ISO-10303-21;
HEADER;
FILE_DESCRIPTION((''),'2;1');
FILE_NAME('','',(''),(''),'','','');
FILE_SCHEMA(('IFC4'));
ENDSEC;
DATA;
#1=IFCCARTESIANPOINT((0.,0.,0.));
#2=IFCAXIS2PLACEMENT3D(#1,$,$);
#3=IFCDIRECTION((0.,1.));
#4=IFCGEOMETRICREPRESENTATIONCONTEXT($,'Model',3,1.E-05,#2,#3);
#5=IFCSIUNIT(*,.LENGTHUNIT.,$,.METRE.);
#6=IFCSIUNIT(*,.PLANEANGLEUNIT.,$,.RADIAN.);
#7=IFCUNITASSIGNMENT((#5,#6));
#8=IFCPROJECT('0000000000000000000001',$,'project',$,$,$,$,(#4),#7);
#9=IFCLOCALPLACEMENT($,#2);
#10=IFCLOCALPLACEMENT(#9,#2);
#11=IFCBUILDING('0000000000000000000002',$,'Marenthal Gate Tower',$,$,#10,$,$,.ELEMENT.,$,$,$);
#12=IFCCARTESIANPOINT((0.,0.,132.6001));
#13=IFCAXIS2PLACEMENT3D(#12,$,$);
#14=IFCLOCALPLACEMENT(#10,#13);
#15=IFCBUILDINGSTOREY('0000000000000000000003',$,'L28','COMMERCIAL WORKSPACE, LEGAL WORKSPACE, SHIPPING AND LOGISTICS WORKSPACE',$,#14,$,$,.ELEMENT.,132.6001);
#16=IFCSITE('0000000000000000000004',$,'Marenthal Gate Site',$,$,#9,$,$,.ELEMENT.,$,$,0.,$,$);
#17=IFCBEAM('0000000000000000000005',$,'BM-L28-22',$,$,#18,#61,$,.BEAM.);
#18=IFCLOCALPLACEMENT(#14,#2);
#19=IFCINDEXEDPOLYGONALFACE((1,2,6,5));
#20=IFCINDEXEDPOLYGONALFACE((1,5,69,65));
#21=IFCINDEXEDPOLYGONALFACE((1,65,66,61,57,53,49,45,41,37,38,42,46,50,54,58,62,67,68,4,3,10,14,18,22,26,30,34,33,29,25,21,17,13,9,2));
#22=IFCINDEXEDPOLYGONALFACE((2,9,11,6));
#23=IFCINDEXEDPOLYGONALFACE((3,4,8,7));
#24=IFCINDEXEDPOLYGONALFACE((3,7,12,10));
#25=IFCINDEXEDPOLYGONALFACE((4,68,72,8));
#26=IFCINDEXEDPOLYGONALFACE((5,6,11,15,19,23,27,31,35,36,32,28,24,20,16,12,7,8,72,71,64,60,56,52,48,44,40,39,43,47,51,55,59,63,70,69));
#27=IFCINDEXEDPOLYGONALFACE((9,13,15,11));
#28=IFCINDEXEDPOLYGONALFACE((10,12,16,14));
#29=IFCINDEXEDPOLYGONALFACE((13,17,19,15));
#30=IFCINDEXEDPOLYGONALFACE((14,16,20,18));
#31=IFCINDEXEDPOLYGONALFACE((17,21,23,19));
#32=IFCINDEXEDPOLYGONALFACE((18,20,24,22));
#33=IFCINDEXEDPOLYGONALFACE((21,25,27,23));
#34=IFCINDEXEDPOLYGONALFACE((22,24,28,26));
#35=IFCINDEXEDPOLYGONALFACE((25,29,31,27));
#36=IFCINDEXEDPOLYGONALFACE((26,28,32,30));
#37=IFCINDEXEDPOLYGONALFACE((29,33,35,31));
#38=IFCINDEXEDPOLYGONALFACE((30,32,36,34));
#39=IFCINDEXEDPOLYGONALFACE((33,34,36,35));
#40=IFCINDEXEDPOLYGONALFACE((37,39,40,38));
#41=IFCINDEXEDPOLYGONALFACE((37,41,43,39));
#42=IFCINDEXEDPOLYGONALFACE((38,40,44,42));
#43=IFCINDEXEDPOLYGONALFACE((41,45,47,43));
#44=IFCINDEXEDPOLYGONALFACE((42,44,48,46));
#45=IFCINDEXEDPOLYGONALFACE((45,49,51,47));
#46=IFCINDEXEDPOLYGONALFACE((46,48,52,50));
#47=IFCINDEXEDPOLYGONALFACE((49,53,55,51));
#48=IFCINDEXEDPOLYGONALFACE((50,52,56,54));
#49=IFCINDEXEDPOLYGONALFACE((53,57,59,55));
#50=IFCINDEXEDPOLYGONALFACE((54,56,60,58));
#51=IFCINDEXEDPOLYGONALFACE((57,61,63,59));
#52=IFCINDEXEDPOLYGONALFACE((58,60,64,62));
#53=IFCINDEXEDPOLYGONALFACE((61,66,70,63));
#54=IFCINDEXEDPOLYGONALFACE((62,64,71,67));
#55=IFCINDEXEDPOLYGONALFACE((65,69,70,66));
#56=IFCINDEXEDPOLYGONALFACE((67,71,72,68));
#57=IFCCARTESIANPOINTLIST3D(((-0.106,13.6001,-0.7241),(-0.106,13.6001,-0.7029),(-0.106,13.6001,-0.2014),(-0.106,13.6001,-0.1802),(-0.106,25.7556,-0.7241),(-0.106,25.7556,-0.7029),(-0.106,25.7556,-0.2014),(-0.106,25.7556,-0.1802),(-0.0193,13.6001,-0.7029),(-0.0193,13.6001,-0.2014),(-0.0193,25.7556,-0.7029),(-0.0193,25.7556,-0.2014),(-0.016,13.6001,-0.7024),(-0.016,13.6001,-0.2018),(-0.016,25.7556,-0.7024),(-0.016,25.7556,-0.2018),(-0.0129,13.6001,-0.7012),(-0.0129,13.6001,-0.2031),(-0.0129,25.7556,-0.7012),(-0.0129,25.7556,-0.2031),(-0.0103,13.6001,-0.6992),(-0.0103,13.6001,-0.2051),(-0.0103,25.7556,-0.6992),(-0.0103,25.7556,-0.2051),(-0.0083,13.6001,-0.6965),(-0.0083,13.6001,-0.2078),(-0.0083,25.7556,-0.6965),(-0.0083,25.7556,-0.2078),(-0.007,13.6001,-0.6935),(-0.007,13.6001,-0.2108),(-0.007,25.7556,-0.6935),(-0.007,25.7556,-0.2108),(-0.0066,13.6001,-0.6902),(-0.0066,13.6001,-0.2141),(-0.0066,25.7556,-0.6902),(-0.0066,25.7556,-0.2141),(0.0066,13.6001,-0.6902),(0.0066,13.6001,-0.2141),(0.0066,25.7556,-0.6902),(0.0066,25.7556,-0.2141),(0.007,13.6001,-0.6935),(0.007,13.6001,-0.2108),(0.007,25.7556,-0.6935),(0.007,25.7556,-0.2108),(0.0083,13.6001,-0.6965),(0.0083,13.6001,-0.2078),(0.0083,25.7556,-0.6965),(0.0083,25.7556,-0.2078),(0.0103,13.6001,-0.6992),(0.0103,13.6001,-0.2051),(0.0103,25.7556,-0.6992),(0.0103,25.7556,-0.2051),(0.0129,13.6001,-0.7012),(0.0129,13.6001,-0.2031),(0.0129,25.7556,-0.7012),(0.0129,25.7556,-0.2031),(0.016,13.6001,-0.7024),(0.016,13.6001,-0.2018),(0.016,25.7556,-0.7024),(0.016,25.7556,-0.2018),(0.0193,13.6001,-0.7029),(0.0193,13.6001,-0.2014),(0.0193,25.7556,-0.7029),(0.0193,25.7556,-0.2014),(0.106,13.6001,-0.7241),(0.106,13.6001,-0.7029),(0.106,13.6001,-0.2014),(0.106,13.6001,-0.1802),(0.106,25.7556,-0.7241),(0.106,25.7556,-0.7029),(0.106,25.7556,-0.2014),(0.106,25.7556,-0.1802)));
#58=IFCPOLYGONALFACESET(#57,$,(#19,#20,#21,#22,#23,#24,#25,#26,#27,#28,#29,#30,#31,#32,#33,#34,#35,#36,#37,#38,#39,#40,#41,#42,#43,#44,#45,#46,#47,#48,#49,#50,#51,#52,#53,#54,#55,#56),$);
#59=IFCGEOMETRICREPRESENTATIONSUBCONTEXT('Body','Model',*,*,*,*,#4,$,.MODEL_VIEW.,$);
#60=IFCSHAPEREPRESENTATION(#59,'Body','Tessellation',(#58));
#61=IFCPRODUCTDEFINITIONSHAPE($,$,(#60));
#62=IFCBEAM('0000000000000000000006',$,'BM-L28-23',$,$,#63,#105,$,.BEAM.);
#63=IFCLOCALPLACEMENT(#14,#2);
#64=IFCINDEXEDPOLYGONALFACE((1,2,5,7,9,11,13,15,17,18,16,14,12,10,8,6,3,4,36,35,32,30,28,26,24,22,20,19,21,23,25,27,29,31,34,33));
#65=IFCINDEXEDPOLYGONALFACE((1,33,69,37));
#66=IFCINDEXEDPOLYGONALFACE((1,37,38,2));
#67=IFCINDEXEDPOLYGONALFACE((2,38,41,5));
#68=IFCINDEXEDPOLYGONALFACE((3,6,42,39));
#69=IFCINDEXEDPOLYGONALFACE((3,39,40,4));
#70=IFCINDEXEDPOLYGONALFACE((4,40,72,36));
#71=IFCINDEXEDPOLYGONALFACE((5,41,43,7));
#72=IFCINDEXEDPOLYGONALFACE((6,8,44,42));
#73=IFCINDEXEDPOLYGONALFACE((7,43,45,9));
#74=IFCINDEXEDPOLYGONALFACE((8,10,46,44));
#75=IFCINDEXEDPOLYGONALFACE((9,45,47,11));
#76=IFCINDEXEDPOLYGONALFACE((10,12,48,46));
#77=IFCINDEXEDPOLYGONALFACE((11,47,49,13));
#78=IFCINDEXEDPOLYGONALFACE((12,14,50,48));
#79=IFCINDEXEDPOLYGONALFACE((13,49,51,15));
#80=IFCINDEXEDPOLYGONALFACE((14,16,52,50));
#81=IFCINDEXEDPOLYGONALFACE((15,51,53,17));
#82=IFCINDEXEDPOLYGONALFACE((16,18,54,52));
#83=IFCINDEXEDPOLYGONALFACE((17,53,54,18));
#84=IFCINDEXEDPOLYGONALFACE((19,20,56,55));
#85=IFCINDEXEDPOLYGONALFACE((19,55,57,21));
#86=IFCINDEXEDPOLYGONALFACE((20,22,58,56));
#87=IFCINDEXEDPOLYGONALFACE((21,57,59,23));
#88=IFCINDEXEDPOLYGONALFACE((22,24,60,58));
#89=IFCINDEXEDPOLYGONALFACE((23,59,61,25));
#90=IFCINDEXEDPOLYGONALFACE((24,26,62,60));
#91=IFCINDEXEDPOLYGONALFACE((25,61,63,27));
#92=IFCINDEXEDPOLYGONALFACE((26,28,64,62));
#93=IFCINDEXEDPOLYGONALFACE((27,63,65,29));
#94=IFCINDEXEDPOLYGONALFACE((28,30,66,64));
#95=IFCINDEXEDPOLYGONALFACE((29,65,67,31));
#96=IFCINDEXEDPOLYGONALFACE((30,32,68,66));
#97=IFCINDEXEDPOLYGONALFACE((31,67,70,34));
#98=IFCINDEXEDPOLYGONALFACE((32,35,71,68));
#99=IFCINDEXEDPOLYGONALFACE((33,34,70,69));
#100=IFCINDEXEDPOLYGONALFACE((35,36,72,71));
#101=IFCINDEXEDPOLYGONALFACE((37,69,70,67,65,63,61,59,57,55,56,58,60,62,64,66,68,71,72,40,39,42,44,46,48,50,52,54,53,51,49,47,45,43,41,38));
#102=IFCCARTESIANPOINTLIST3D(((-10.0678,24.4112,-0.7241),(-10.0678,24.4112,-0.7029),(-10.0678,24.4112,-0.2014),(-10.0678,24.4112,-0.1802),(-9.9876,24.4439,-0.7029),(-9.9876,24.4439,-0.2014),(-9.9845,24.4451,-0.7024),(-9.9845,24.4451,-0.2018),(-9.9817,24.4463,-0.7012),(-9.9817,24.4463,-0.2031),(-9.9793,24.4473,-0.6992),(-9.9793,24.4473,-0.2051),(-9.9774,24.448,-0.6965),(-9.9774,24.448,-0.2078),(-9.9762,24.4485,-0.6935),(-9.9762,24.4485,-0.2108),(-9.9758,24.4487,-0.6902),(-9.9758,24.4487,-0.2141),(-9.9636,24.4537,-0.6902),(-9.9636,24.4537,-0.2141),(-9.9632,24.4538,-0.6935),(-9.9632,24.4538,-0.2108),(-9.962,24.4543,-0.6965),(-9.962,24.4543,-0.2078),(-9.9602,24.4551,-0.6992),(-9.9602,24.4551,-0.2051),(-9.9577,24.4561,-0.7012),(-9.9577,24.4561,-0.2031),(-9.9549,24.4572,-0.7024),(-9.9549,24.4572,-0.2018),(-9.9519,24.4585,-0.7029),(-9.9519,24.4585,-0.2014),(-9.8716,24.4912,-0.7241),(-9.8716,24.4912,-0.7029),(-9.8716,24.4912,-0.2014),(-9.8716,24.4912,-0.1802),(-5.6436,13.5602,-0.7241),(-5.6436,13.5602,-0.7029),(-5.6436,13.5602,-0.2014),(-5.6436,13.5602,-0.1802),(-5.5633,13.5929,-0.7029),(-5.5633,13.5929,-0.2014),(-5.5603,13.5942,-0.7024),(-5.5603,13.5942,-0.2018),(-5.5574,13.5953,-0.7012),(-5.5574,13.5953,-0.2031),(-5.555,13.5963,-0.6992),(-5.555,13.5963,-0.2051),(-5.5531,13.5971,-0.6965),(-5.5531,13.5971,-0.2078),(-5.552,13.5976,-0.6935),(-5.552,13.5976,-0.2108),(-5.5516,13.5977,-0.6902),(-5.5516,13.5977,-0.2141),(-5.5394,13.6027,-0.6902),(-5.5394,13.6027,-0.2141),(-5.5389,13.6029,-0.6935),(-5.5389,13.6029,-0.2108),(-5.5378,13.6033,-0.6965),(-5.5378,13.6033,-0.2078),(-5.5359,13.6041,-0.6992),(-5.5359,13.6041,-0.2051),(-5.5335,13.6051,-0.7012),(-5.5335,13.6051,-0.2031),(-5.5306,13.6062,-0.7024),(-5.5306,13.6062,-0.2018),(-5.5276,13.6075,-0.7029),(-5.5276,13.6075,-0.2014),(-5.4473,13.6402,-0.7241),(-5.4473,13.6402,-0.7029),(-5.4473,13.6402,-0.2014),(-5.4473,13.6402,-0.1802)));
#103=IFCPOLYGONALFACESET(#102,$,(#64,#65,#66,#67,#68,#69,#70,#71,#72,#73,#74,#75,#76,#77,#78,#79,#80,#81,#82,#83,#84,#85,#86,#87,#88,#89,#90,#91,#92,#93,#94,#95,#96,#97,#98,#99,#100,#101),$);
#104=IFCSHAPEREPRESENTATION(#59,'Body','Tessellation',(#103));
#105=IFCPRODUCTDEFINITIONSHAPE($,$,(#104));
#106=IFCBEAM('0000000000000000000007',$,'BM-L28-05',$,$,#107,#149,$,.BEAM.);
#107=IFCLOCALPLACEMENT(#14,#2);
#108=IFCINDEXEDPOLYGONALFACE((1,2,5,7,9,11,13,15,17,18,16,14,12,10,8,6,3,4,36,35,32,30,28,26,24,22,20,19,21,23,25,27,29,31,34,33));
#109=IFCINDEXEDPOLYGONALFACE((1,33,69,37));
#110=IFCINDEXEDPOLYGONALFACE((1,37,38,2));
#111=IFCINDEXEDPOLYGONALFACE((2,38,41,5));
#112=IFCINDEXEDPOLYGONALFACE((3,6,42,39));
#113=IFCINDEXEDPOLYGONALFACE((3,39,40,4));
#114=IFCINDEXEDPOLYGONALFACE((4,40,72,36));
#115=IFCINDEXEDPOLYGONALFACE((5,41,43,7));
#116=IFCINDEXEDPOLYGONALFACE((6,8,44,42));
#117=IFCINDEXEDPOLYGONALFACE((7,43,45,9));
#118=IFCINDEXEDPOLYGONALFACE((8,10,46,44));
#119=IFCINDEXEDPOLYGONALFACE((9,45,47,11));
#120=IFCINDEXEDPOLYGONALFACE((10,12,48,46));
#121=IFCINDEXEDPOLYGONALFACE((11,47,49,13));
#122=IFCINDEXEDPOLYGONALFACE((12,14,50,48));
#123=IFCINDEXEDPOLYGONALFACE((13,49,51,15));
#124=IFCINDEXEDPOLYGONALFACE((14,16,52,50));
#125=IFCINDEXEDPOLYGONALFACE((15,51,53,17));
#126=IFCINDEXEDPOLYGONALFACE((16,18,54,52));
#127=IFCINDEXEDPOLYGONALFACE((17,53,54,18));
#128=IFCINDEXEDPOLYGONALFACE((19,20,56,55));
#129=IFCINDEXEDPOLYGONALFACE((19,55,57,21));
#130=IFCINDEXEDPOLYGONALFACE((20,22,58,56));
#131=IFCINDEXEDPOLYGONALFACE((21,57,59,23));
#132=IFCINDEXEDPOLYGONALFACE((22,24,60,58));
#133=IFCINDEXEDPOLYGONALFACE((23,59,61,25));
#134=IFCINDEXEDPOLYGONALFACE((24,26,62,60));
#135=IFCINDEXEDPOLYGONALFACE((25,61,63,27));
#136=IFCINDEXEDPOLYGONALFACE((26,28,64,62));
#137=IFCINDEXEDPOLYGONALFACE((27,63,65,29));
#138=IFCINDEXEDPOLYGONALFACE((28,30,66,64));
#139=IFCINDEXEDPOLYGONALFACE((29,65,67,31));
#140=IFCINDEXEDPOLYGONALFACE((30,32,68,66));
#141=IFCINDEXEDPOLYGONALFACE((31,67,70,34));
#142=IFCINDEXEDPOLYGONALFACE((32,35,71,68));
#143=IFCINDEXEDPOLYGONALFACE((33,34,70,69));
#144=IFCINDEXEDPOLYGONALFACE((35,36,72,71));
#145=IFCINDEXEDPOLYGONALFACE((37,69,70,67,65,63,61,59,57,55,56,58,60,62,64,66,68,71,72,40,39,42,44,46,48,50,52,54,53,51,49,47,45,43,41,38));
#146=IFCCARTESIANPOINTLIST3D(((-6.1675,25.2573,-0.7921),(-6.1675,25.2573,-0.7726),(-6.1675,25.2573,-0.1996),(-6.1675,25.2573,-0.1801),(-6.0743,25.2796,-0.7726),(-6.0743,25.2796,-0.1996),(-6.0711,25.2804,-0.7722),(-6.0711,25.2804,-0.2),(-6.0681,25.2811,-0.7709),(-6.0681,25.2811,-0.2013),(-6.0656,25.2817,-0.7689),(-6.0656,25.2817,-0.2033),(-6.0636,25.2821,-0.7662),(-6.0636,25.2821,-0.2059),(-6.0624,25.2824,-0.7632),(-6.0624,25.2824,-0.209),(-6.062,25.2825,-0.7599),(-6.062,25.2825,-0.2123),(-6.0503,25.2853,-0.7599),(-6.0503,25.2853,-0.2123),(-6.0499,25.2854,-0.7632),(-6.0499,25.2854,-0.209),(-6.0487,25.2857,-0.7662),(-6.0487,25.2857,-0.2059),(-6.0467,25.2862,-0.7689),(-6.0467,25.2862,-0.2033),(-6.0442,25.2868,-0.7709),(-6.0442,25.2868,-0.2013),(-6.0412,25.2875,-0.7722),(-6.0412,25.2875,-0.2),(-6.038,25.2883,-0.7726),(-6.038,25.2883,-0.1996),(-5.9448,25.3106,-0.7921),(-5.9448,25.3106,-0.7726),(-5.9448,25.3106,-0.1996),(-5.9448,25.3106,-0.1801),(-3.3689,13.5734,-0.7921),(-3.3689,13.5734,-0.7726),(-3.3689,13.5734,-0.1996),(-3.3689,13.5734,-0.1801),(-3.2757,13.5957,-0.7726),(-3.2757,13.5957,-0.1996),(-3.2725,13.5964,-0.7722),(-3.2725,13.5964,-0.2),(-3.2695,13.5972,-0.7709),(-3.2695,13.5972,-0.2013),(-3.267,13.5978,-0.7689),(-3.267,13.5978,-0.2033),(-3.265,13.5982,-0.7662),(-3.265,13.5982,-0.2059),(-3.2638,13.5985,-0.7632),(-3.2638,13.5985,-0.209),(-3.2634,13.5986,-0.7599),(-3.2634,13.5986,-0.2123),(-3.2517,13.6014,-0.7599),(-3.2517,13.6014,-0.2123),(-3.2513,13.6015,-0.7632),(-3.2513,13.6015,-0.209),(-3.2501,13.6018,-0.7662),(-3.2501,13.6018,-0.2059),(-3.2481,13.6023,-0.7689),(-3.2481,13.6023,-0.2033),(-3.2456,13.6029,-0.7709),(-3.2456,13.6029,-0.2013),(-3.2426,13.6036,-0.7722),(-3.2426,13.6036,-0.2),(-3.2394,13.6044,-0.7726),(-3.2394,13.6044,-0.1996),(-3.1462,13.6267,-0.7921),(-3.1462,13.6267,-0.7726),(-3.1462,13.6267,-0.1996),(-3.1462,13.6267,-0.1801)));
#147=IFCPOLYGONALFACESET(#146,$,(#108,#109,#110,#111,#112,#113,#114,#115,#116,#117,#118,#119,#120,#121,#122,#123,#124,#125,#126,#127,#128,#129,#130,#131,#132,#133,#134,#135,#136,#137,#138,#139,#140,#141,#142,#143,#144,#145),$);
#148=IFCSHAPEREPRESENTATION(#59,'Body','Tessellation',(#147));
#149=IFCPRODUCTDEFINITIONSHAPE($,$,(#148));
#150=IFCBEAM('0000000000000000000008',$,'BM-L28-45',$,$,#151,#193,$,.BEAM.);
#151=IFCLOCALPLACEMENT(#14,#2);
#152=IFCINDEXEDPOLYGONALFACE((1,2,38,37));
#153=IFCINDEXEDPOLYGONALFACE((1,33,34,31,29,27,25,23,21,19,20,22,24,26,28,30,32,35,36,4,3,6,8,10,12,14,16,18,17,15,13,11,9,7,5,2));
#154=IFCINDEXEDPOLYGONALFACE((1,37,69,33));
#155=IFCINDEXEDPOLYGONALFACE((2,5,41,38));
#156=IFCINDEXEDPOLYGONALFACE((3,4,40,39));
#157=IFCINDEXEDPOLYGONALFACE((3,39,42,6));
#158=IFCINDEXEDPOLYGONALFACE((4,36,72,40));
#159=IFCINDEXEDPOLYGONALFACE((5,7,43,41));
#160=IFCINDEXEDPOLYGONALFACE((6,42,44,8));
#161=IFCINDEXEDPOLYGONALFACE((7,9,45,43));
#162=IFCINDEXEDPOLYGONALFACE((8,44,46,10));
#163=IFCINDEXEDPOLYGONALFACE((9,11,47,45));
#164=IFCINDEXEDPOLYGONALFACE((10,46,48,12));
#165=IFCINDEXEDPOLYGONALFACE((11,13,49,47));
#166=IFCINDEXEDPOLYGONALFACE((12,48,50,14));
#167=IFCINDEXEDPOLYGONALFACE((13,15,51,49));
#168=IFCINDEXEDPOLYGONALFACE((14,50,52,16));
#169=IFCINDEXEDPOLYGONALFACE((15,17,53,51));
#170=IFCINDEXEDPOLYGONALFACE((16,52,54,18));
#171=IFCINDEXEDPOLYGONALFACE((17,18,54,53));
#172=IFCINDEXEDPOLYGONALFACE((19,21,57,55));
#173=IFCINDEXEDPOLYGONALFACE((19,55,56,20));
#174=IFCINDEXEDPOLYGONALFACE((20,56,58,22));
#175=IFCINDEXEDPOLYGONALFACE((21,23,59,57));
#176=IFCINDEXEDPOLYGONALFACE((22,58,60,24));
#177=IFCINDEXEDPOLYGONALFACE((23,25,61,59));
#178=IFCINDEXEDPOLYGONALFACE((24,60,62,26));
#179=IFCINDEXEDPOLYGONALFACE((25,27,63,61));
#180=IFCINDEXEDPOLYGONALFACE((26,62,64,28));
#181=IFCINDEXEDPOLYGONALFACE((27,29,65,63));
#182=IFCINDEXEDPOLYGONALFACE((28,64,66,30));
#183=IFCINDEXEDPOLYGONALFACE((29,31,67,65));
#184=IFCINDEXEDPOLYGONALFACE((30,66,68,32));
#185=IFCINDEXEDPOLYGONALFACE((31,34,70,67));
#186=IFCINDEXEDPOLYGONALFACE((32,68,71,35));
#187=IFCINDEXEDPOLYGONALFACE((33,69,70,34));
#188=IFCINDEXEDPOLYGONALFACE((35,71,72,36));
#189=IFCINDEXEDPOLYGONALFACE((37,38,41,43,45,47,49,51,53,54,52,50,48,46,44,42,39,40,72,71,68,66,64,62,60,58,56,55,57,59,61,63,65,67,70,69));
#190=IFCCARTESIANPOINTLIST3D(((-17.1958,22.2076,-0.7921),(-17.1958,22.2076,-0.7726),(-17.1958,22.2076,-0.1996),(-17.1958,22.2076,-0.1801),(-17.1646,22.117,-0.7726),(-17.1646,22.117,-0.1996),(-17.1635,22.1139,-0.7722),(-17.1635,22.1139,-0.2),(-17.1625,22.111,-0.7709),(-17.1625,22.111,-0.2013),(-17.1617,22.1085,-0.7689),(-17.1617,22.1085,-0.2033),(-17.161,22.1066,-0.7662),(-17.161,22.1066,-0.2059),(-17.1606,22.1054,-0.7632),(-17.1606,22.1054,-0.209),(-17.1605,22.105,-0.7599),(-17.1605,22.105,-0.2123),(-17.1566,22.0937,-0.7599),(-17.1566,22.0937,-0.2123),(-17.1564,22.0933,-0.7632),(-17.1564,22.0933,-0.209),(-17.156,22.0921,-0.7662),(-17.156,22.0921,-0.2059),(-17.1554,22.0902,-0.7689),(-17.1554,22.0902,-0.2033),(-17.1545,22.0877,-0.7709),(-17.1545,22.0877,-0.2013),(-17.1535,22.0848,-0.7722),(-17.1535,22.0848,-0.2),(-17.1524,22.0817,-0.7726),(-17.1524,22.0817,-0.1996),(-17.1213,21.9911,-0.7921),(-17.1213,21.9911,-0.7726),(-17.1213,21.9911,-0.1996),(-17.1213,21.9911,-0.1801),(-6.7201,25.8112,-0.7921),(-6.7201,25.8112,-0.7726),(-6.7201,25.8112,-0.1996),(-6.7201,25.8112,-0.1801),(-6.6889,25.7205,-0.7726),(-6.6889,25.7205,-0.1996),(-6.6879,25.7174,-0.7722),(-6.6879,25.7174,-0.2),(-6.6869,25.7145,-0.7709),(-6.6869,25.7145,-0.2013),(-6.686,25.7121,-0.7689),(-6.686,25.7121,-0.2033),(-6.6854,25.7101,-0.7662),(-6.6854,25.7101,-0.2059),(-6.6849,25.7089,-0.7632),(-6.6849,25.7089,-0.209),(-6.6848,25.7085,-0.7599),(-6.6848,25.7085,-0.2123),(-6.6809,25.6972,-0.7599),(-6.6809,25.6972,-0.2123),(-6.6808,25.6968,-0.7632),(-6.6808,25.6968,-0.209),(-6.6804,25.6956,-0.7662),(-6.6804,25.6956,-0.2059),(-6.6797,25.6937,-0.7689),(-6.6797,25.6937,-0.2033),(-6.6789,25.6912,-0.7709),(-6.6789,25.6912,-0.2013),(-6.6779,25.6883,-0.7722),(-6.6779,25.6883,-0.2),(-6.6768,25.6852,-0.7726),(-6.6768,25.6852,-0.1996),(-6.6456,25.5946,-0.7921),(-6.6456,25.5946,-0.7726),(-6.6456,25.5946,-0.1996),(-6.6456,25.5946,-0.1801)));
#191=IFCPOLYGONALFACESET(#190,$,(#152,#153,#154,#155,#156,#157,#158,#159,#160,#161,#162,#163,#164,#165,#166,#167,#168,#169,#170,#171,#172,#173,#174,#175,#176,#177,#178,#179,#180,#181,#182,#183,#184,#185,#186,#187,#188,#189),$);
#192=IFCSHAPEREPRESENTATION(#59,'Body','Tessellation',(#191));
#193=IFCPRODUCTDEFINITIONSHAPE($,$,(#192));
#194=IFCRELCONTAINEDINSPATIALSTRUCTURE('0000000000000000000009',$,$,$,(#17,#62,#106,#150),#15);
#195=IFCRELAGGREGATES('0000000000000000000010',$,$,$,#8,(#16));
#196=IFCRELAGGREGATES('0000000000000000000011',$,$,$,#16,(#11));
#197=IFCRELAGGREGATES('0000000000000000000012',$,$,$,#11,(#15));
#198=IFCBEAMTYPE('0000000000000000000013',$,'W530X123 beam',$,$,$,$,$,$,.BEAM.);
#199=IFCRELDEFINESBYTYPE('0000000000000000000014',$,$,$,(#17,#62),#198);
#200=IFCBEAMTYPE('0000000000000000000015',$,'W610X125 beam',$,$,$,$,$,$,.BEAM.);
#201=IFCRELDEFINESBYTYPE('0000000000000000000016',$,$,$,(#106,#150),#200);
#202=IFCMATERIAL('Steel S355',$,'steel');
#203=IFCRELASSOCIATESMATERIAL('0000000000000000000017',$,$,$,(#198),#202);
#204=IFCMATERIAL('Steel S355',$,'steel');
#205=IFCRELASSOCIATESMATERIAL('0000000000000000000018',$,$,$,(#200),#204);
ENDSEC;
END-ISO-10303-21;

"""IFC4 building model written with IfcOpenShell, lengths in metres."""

from ifc_helpers import new_model, si_unit, direction, frame, origin, origin_2d, place, context, subcontext, project, spatial, i_section, extrude, material, material_profile, profile_set, type_object, element, save


model = new_model("IFC4")

# Units and contexts
model_context = context("Model", 3, precision=1e-05, world=origin(), true_north=direction((0.0, 1.0)))
body_context = subcontext(model_context, "Body", "Model", "MODEL_VIEW")
ifc_project = project(units=[si_unit("LENGTHUNIT", "METRE"), si_unit("PLANEANGLEUNIT", "RADIAN")], contexts=[model_context])

# Site, building, storey
site_placement = place(None, origin())
site = spatial("IfcSite", under=ifc_project, at=site_placement, Name="Marenthal Gate Site", CompositionType="ELEMENT", RefElevation=0.0)
building_placement = place(site_placement, origin())
building = spatial("IfcBuilding", under=site, at=building_placement, Name="Marenthal Gate Tower", CompositionType="ELEMENT")
storey_placement = place(building_placement, frame((0.0, 0.0, 132.6001)))
storey = spatial("IfcBuildingStorey", under=building, at=storey_placement, Name="L28", Description="COMMERCIAL WORKSPACE, LEGAL WORKSPACE, SHIPPING AND LOGISTICS WORKSPACE", CompositionType="ELEMENT", Elevation=132.6001)

# Beams
ifc_material_1 = material(Name="Steel S355", Category="steel")
ifc_material_profile_1 = material_profile(ifc_material_1, i_section(OverallWidth=0.2119, OverallDepth=0.5439, WebThickness=0.0132, FlangeThickness=0.0212, FilletRadius=0.0127, at=origin_2d()), Name="W530X123")
ifc_profile_set_1 = profile_set([ifc_material_profile_1], Name="Steel S355")
beam_type_1 = type_object("IfcBeamType", Name="W530X123 beam", PredefinedType="BEAM", material=ifc_profile_set_1)
beam_1_placement = place(storey_placement, frame((0.0, 25.7556, -0.4521), z_axis=(0.0, -1.0, 0.0), x_axis=(1.0, 0.0, 0.0)))
element("IfcBeam", 1, at=beam_1_placement, inside=storey, type_object=beam_type_1, Name="BM-L28-22", PredefinedType="BEAM", context=body_context, shape_type="SweptSolid", body=[
    extrude(i_section(OverallWidth=0.2119, OverallDepth=0.5439, WebThickness=0.0132, FlangeThickness=0.0212, FilletRadius=0.0127, at=origin_2d()), origin(), (0.0, 0.0, 1.0), 12.1555),
])
beam_2_placement = place(storey_placement, frame((-9.9697, 24.4512, -0.4521), z_axis=(0.377554, -0.925988, 0.0), x_axis=(0.925988, 0.377554, 0.0)))
element("IfcBeam", 2, at=beam_2_placement, inside=storey, type_object=beam_type_1, Name="BM-L28-23", PredefinedType="BEAM", context=body_context, shape_type="SweptSolid", body=[
    extrude(i_section(OverallWidth=0.2119, OverallDepth=0.5439, WebThickness=0.0132, FlangeThickness=0.0212, FilletRadius=0.0127, at=origin_2d()), origin(), (0.0, 0.0, 1.0), 11.7183),
])
ifc_material_2 = material(Name="Steel S355", Category="steel")
ifc_material_profile_2 = material_profile(ifc_material_2, i_section(OverallWidth=0.229, OverallDepth=0.6121, WebThickness=0.012, FlangeThickness=0.0195, FilletRadius=0.0127, at=origin_2d()), Name="W610X125")
ifc_profile_set_2 = profile_set([ifc_material_profile_2], Name="Steel S355")
beam_type_2 = type_object("IfcBeamType", Name="W610X125 beam", PredefinedType="BEAM", material=ifc_profile_set_2)
beam_3_placement = place(storey_placement, frame((-6.0562, 25.2839, -0.4861), z_axis=(0.232937, -0.972492, 0.0), x_axis=(0.972492, 0.232937, 0.0)))
element("IfcBeam", 3, at=beam_3_placement, inside=storey, type_object=beam_type_2, Name="BM-L28-05", PredefinedType="BEAM", context=body_context, shape_type="SweptSolid", body=[
    extrude(i_section(OverallWidth=0.229, OverallDepth=0.6121, WebThickness=0.012, FlangeThickness=0.0195, FilletRadius=0.0127, at=origin_2d()), origin(), (0.0, 0.0, 1.0), 12.0144),
])
beam_4_placement = place(storey_placement, frame((-6.6829, 25.7029, -0.4861), z_axis=(-0.945616, -0.325284, 0.0), x_axis=(0.325284, -0.945616, 0.0)))
element("IfcBeam", 4, at=beam_4_placement, inside=storey, type_object=beam_type_2, Name="BM-L28-45", PredefinedType="BEAM", context=body_context, shape_type="SweptSolid", body=[
    extrude(i_section(OverallWidth=0.229, OverallDepth=0.6121, WebThickness=0.012, FlangeThickness=0.0195, FilletRadius=0.0127, at=origin_2d()), origin(), (0.0, 0.0, 1.0), 11.0781),
])

save(model, "model.ifc")
